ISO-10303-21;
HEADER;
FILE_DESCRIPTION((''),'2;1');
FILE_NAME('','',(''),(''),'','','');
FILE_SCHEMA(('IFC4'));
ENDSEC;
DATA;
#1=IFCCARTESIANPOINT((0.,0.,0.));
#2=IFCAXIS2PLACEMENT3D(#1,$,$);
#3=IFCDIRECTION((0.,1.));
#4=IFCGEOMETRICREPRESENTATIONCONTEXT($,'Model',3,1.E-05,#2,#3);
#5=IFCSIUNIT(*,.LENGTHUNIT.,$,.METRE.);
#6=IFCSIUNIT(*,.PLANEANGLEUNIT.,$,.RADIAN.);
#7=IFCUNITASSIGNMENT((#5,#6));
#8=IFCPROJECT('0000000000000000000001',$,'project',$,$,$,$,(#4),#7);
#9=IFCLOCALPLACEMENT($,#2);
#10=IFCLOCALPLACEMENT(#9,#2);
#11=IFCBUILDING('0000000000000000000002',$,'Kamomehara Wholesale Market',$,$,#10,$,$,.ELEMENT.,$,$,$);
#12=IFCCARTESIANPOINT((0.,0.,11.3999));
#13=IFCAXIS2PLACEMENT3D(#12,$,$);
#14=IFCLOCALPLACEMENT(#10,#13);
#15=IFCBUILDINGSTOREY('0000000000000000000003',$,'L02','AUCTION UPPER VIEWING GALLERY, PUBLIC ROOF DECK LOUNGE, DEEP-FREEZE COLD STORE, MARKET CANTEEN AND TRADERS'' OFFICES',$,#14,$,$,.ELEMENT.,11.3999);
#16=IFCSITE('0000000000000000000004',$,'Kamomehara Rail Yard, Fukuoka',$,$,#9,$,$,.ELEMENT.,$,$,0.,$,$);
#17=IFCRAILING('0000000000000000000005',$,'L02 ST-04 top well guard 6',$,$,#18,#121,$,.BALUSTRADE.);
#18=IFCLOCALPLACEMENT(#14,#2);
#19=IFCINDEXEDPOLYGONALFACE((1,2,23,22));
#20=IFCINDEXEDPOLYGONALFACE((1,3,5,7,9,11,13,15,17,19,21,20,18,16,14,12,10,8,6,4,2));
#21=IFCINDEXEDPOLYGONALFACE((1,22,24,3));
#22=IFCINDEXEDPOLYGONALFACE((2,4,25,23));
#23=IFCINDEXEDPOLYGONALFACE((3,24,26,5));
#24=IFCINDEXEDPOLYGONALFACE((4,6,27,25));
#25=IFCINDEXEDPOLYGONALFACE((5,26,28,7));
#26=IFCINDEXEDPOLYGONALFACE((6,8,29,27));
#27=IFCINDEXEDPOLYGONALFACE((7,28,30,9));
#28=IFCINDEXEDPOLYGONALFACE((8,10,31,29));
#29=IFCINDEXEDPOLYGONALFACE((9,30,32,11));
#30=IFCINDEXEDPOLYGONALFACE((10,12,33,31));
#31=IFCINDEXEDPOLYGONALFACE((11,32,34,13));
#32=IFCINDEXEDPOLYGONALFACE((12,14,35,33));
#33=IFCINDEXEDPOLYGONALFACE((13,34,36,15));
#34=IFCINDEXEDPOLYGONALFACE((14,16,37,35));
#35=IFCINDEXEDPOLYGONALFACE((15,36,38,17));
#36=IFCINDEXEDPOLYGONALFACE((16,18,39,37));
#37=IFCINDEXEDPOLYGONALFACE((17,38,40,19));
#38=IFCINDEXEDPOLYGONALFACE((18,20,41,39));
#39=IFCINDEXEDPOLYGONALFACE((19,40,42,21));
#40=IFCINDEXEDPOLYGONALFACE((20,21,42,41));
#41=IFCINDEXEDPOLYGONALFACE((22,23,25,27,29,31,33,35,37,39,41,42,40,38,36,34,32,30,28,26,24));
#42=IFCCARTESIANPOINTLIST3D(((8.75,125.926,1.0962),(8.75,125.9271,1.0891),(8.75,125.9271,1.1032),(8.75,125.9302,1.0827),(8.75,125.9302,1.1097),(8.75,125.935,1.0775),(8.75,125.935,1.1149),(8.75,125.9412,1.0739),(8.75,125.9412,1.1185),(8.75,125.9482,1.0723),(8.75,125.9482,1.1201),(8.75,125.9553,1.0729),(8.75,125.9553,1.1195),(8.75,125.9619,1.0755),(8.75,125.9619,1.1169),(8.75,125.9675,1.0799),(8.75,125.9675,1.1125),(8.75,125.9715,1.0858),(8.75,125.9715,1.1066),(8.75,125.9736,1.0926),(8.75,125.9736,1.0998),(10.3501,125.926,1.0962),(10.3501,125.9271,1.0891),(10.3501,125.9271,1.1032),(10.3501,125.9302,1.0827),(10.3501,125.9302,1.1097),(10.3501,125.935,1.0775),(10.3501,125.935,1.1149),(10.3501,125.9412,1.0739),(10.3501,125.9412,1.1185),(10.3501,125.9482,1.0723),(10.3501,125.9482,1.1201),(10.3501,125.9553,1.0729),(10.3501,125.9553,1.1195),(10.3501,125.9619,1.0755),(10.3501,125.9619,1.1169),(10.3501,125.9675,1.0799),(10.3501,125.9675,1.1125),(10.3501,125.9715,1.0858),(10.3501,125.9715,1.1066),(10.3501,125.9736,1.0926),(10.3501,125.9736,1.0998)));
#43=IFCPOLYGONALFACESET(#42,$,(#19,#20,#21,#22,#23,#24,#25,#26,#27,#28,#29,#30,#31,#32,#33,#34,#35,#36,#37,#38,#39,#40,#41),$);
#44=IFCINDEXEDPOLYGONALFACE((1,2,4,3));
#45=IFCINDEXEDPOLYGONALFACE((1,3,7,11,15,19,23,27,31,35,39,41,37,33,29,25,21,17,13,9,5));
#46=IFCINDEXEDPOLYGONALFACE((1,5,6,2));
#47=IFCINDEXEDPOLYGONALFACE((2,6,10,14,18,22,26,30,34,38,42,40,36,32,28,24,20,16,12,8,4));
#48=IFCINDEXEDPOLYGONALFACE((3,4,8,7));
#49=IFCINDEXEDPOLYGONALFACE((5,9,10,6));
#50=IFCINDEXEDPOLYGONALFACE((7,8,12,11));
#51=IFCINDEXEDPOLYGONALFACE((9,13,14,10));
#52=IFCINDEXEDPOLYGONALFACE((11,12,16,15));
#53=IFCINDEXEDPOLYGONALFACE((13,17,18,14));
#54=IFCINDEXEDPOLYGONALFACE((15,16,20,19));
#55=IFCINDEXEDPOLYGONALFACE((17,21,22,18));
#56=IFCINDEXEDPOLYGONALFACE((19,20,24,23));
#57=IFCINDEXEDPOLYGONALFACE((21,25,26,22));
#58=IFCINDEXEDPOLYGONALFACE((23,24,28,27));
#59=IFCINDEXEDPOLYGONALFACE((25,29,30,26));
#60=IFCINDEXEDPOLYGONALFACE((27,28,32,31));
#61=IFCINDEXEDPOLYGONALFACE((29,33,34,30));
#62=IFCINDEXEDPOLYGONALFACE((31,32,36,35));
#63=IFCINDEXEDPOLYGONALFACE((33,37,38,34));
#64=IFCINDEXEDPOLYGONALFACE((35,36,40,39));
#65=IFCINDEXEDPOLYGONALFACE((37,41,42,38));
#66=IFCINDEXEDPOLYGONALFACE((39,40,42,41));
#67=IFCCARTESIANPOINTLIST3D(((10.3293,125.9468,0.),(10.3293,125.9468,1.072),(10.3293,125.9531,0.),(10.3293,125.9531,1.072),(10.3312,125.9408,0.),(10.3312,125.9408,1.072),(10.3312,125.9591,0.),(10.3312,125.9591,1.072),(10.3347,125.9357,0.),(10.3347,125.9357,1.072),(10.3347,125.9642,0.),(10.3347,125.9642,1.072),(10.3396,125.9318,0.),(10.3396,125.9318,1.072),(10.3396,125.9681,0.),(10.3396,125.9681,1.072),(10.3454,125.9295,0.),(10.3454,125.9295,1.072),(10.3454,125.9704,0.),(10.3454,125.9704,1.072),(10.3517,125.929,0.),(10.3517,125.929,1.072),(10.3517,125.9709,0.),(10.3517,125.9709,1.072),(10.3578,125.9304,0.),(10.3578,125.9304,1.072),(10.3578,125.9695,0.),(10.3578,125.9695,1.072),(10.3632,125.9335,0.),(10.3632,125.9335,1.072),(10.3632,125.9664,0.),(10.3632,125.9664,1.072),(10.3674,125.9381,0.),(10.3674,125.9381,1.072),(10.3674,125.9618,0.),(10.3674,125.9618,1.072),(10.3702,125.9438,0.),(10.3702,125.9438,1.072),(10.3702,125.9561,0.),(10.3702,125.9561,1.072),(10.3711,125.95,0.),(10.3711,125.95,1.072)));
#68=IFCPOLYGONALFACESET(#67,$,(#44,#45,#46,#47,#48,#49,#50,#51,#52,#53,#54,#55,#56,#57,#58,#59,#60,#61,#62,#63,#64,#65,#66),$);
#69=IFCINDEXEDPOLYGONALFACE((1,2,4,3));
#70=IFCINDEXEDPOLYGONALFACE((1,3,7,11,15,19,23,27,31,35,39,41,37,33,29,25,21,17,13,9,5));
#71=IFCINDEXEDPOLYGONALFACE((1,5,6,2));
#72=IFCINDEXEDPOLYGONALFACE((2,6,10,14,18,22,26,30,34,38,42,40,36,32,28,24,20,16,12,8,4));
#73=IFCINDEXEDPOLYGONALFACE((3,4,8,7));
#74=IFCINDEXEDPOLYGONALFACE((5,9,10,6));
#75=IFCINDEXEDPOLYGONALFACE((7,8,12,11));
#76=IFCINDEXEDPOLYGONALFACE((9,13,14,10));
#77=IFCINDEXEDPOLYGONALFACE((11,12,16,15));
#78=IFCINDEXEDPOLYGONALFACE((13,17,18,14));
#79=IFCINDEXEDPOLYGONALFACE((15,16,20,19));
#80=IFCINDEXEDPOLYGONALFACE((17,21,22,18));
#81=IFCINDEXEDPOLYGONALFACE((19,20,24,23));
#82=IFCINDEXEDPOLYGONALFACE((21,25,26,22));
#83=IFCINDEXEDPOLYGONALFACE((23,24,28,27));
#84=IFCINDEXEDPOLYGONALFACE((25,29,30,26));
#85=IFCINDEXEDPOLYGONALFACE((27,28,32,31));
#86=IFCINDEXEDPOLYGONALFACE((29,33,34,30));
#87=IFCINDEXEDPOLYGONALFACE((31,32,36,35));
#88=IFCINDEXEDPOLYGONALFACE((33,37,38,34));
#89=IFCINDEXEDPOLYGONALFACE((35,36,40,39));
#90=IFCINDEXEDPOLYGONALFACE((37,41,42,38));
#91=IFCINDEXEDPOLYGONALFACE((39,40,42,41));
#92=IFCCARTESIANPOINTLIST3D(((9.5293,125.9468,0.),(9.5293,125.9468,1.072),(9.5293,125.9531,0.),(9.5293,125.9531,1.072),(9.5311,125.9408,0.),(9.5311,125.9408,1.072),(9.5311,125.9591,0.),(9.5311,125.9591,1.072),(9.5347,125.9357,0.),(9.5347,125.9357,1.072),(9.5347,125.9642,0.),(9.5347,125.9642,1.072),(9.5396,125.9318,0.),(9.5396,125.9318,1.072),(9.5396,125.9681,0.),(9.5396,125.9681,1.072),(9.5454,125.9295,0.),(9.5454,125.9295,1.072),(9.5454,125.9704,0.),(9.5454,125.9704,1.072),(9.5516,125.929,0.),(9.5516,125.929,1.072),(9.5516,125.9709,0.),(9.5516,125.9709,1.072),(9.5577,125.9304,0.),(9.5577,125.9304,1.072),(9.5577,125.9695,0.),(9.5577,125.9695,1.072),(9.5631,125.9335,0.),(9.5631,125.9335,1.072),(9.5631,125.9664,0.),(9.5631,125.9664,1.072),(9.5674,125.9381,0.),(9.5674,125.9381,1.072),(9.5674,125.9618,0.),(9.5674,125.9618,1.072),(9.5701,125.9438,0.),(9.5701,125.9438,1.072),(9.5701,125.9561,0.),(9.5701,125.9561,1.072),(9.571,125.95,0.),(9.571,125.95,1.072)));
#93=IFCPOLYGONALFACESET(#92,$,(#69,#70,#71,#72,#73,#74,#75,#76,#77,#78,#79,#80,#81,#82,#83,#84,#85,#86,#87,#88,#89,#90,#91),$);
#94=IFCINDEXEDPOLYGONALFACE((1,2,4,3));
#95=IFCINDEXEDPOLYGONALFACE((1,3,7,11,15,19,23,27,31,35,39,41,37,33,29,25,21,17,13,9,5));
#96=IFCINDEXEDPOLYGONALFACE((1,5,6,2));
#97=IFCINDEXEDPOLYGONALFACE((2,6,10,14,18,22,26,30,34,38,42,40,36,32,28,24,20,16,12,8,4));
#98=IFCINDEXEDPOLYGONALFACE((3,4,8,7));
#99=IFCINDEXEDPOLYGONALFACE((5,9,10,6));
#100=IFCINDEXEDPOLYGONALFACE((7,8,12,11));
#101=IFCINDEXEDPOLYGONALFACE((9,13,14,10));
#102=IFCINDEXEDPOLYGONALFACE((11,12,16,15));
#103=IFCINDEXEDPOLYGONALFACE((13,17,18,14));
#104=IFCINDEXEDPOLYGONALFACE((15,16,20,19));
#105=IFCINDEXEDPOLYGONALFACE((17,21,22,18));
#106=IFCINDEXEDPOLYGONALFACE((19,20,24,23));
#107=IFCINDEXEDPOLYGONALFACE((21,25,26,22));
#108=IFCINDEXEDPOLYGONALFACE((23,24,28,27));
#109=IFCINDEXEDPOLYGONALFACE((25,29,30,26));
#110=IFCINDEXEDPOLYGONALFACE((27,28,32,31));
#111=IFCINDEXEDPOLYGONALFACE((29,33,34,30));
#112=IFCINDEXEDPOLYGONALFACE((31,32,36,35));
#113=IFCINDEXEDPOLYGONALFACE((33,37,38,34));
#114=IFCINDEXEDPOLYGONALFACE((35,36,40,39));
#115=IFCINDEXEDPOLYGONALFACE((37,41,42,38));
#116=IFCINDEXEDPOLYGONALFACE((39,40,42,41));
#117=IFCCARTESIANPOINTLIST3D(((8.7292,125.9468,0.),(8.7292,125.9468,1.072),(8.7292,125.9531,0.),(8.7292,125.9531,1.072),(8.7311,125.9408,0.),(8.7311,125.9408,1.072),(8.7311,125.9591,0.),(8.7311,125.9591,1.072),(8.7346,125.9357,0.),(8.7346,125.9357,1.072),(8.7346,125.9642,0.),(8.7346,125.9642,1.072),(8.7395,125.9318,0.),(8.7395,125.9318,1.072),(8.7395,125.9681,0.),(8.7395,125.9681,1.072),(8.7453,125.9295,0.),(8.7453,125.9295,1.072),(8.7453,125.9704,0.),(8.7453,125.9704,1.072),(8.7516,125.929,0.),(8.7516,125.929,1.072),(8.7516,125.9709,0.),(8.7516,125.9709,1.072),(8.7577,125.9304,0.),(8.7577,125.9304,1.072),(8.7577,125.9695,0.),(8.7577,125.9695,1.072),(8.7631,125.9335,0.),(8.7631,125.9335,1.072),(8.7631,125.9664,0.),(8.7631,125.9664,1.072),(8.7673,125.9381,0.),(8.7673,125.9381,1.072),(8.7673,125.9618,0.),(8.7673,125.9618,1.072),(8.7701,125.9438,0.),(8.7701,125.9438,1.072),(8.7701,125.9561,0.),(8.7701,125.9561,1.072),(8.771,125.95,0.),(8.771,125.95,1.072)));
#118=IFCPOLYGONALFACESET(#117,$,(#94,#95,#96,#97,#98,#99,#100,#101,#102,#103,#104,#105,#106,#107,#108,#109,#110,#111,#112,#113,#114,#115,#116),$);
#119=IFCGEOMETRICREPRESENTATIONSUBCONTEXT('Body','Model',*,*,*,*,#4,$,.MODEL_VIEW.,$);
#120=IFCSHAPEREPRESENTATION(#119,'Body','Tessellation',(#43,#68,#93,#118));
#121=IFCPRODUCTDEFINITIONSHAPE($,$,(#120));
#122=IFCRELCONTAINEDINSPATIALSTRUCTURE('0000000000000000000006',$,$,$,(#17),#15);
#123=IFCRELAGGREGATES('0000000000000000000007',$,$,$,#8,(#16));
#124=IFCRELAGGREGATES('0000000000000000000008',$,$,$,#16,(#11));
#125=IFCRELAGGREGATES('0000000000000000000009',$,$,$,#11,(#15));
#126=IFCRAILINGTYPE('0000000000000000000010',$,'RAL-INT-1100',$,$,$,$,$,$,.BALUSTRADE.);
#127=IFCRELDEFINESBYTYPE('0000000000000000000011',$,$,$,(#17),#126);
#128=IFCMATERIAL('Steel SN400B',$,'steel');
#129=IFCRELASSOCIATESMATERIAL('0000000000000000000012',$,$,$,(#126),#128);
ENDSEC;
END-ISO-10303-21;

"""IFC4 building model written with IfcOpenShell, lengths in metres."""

from ifc_helpers import new_model, si_unit, direction, frame, origin, origin_2d, place, context, subcontext, project, spatial, circle, extrude, material, type_object, element, save


model = new_model("IFC4")

# Units and contexts
model_context = context("Model", 3, precision=1e-05, world=origin(), true_north=direction((0.0, 1.0)))
body_context = subcontext(model_context, "Body", "Model", "MODEL_VIEW")
ifc_project = project(units=[si_unit("LENGTHUNIT", "METRE"), si_unit("PLANEANGLEUNIT", "RADIAN")], contexts=[model_context])

# Site, building, storey
site_placement = place(None, origin())
site = spatial("IfcSite", under=ifc_project, at=site_placement, Name="Kamomehara Rail Yard, Fukuoka", CompositionType="ELEMENT", RefElevation=0.0)
building_placement = place(site_placement, origin())
building = spatial("IfcBuilding", under=site, at=building_placement, Name="Kamomehara Wholesale Market", CompositionType="ELEMENT")
storey_placement = place(building_placement, frame((0.0, 0.0, 11.3999)))
storey = spatial("IfcBuildingStorey", under=building, at=storey_placement, Name="L02", Description="AUCTION UPPER VIEWING GALLERY, PUBLIC ROOF DECK LOUNGE, DEEP-FREEZE COLD STORE, MARKET CANTEEN AND TRADERS' OFFICES", CompositionType="ELEMENT", Elevation=11.3999)

# Railing
ifc_material_1 = material(Name="Steel SN400B", Category="steel")
railing_type = type_object("IfcRailingType", Name="RAL-INT-1100", PredefinedType="BALUSTRADE", material=ifc_material_1)
railing_1_placement = place(storey_placement, frame((10.3501, 125.95, 0.0)))
element("IfcRailing", 1, at=railing_1_placement, inside=storey, type_object=railing_type, Name="L02 ST-04 top well guard 6", PredefinedType="BALUSTRADE", context=body_context, shape_type="SweptSolid", body=[
    extrude(circle(Radius=0.0239, at=origin_2d()), frame((0.0, 0.0, 1.0962), z_axis=(-1.0, 0.0, 0.0), x_axis=(0.0, -1.0, 0.0)), (0.0, 0.0, 1.0), 1.6001),
    extrude(circle(Radius=0.021, at=origin_2d()), origin(), (0.0, 0.0, 1.0), 1.072),
    extrude(circle(Radius=0.021, at=origin_2d()), frame((-0.8, 0.0, 0.0)), (0.0, 0.0, 1.0), 1.072),
    extrude(circle(Radius=0.021, at=origin_2d()), frame((-1.6001, 0.0, 0.0)), (0.0, 0.0, 1.0), 1.072),
])

save(model, "model.ifc")
